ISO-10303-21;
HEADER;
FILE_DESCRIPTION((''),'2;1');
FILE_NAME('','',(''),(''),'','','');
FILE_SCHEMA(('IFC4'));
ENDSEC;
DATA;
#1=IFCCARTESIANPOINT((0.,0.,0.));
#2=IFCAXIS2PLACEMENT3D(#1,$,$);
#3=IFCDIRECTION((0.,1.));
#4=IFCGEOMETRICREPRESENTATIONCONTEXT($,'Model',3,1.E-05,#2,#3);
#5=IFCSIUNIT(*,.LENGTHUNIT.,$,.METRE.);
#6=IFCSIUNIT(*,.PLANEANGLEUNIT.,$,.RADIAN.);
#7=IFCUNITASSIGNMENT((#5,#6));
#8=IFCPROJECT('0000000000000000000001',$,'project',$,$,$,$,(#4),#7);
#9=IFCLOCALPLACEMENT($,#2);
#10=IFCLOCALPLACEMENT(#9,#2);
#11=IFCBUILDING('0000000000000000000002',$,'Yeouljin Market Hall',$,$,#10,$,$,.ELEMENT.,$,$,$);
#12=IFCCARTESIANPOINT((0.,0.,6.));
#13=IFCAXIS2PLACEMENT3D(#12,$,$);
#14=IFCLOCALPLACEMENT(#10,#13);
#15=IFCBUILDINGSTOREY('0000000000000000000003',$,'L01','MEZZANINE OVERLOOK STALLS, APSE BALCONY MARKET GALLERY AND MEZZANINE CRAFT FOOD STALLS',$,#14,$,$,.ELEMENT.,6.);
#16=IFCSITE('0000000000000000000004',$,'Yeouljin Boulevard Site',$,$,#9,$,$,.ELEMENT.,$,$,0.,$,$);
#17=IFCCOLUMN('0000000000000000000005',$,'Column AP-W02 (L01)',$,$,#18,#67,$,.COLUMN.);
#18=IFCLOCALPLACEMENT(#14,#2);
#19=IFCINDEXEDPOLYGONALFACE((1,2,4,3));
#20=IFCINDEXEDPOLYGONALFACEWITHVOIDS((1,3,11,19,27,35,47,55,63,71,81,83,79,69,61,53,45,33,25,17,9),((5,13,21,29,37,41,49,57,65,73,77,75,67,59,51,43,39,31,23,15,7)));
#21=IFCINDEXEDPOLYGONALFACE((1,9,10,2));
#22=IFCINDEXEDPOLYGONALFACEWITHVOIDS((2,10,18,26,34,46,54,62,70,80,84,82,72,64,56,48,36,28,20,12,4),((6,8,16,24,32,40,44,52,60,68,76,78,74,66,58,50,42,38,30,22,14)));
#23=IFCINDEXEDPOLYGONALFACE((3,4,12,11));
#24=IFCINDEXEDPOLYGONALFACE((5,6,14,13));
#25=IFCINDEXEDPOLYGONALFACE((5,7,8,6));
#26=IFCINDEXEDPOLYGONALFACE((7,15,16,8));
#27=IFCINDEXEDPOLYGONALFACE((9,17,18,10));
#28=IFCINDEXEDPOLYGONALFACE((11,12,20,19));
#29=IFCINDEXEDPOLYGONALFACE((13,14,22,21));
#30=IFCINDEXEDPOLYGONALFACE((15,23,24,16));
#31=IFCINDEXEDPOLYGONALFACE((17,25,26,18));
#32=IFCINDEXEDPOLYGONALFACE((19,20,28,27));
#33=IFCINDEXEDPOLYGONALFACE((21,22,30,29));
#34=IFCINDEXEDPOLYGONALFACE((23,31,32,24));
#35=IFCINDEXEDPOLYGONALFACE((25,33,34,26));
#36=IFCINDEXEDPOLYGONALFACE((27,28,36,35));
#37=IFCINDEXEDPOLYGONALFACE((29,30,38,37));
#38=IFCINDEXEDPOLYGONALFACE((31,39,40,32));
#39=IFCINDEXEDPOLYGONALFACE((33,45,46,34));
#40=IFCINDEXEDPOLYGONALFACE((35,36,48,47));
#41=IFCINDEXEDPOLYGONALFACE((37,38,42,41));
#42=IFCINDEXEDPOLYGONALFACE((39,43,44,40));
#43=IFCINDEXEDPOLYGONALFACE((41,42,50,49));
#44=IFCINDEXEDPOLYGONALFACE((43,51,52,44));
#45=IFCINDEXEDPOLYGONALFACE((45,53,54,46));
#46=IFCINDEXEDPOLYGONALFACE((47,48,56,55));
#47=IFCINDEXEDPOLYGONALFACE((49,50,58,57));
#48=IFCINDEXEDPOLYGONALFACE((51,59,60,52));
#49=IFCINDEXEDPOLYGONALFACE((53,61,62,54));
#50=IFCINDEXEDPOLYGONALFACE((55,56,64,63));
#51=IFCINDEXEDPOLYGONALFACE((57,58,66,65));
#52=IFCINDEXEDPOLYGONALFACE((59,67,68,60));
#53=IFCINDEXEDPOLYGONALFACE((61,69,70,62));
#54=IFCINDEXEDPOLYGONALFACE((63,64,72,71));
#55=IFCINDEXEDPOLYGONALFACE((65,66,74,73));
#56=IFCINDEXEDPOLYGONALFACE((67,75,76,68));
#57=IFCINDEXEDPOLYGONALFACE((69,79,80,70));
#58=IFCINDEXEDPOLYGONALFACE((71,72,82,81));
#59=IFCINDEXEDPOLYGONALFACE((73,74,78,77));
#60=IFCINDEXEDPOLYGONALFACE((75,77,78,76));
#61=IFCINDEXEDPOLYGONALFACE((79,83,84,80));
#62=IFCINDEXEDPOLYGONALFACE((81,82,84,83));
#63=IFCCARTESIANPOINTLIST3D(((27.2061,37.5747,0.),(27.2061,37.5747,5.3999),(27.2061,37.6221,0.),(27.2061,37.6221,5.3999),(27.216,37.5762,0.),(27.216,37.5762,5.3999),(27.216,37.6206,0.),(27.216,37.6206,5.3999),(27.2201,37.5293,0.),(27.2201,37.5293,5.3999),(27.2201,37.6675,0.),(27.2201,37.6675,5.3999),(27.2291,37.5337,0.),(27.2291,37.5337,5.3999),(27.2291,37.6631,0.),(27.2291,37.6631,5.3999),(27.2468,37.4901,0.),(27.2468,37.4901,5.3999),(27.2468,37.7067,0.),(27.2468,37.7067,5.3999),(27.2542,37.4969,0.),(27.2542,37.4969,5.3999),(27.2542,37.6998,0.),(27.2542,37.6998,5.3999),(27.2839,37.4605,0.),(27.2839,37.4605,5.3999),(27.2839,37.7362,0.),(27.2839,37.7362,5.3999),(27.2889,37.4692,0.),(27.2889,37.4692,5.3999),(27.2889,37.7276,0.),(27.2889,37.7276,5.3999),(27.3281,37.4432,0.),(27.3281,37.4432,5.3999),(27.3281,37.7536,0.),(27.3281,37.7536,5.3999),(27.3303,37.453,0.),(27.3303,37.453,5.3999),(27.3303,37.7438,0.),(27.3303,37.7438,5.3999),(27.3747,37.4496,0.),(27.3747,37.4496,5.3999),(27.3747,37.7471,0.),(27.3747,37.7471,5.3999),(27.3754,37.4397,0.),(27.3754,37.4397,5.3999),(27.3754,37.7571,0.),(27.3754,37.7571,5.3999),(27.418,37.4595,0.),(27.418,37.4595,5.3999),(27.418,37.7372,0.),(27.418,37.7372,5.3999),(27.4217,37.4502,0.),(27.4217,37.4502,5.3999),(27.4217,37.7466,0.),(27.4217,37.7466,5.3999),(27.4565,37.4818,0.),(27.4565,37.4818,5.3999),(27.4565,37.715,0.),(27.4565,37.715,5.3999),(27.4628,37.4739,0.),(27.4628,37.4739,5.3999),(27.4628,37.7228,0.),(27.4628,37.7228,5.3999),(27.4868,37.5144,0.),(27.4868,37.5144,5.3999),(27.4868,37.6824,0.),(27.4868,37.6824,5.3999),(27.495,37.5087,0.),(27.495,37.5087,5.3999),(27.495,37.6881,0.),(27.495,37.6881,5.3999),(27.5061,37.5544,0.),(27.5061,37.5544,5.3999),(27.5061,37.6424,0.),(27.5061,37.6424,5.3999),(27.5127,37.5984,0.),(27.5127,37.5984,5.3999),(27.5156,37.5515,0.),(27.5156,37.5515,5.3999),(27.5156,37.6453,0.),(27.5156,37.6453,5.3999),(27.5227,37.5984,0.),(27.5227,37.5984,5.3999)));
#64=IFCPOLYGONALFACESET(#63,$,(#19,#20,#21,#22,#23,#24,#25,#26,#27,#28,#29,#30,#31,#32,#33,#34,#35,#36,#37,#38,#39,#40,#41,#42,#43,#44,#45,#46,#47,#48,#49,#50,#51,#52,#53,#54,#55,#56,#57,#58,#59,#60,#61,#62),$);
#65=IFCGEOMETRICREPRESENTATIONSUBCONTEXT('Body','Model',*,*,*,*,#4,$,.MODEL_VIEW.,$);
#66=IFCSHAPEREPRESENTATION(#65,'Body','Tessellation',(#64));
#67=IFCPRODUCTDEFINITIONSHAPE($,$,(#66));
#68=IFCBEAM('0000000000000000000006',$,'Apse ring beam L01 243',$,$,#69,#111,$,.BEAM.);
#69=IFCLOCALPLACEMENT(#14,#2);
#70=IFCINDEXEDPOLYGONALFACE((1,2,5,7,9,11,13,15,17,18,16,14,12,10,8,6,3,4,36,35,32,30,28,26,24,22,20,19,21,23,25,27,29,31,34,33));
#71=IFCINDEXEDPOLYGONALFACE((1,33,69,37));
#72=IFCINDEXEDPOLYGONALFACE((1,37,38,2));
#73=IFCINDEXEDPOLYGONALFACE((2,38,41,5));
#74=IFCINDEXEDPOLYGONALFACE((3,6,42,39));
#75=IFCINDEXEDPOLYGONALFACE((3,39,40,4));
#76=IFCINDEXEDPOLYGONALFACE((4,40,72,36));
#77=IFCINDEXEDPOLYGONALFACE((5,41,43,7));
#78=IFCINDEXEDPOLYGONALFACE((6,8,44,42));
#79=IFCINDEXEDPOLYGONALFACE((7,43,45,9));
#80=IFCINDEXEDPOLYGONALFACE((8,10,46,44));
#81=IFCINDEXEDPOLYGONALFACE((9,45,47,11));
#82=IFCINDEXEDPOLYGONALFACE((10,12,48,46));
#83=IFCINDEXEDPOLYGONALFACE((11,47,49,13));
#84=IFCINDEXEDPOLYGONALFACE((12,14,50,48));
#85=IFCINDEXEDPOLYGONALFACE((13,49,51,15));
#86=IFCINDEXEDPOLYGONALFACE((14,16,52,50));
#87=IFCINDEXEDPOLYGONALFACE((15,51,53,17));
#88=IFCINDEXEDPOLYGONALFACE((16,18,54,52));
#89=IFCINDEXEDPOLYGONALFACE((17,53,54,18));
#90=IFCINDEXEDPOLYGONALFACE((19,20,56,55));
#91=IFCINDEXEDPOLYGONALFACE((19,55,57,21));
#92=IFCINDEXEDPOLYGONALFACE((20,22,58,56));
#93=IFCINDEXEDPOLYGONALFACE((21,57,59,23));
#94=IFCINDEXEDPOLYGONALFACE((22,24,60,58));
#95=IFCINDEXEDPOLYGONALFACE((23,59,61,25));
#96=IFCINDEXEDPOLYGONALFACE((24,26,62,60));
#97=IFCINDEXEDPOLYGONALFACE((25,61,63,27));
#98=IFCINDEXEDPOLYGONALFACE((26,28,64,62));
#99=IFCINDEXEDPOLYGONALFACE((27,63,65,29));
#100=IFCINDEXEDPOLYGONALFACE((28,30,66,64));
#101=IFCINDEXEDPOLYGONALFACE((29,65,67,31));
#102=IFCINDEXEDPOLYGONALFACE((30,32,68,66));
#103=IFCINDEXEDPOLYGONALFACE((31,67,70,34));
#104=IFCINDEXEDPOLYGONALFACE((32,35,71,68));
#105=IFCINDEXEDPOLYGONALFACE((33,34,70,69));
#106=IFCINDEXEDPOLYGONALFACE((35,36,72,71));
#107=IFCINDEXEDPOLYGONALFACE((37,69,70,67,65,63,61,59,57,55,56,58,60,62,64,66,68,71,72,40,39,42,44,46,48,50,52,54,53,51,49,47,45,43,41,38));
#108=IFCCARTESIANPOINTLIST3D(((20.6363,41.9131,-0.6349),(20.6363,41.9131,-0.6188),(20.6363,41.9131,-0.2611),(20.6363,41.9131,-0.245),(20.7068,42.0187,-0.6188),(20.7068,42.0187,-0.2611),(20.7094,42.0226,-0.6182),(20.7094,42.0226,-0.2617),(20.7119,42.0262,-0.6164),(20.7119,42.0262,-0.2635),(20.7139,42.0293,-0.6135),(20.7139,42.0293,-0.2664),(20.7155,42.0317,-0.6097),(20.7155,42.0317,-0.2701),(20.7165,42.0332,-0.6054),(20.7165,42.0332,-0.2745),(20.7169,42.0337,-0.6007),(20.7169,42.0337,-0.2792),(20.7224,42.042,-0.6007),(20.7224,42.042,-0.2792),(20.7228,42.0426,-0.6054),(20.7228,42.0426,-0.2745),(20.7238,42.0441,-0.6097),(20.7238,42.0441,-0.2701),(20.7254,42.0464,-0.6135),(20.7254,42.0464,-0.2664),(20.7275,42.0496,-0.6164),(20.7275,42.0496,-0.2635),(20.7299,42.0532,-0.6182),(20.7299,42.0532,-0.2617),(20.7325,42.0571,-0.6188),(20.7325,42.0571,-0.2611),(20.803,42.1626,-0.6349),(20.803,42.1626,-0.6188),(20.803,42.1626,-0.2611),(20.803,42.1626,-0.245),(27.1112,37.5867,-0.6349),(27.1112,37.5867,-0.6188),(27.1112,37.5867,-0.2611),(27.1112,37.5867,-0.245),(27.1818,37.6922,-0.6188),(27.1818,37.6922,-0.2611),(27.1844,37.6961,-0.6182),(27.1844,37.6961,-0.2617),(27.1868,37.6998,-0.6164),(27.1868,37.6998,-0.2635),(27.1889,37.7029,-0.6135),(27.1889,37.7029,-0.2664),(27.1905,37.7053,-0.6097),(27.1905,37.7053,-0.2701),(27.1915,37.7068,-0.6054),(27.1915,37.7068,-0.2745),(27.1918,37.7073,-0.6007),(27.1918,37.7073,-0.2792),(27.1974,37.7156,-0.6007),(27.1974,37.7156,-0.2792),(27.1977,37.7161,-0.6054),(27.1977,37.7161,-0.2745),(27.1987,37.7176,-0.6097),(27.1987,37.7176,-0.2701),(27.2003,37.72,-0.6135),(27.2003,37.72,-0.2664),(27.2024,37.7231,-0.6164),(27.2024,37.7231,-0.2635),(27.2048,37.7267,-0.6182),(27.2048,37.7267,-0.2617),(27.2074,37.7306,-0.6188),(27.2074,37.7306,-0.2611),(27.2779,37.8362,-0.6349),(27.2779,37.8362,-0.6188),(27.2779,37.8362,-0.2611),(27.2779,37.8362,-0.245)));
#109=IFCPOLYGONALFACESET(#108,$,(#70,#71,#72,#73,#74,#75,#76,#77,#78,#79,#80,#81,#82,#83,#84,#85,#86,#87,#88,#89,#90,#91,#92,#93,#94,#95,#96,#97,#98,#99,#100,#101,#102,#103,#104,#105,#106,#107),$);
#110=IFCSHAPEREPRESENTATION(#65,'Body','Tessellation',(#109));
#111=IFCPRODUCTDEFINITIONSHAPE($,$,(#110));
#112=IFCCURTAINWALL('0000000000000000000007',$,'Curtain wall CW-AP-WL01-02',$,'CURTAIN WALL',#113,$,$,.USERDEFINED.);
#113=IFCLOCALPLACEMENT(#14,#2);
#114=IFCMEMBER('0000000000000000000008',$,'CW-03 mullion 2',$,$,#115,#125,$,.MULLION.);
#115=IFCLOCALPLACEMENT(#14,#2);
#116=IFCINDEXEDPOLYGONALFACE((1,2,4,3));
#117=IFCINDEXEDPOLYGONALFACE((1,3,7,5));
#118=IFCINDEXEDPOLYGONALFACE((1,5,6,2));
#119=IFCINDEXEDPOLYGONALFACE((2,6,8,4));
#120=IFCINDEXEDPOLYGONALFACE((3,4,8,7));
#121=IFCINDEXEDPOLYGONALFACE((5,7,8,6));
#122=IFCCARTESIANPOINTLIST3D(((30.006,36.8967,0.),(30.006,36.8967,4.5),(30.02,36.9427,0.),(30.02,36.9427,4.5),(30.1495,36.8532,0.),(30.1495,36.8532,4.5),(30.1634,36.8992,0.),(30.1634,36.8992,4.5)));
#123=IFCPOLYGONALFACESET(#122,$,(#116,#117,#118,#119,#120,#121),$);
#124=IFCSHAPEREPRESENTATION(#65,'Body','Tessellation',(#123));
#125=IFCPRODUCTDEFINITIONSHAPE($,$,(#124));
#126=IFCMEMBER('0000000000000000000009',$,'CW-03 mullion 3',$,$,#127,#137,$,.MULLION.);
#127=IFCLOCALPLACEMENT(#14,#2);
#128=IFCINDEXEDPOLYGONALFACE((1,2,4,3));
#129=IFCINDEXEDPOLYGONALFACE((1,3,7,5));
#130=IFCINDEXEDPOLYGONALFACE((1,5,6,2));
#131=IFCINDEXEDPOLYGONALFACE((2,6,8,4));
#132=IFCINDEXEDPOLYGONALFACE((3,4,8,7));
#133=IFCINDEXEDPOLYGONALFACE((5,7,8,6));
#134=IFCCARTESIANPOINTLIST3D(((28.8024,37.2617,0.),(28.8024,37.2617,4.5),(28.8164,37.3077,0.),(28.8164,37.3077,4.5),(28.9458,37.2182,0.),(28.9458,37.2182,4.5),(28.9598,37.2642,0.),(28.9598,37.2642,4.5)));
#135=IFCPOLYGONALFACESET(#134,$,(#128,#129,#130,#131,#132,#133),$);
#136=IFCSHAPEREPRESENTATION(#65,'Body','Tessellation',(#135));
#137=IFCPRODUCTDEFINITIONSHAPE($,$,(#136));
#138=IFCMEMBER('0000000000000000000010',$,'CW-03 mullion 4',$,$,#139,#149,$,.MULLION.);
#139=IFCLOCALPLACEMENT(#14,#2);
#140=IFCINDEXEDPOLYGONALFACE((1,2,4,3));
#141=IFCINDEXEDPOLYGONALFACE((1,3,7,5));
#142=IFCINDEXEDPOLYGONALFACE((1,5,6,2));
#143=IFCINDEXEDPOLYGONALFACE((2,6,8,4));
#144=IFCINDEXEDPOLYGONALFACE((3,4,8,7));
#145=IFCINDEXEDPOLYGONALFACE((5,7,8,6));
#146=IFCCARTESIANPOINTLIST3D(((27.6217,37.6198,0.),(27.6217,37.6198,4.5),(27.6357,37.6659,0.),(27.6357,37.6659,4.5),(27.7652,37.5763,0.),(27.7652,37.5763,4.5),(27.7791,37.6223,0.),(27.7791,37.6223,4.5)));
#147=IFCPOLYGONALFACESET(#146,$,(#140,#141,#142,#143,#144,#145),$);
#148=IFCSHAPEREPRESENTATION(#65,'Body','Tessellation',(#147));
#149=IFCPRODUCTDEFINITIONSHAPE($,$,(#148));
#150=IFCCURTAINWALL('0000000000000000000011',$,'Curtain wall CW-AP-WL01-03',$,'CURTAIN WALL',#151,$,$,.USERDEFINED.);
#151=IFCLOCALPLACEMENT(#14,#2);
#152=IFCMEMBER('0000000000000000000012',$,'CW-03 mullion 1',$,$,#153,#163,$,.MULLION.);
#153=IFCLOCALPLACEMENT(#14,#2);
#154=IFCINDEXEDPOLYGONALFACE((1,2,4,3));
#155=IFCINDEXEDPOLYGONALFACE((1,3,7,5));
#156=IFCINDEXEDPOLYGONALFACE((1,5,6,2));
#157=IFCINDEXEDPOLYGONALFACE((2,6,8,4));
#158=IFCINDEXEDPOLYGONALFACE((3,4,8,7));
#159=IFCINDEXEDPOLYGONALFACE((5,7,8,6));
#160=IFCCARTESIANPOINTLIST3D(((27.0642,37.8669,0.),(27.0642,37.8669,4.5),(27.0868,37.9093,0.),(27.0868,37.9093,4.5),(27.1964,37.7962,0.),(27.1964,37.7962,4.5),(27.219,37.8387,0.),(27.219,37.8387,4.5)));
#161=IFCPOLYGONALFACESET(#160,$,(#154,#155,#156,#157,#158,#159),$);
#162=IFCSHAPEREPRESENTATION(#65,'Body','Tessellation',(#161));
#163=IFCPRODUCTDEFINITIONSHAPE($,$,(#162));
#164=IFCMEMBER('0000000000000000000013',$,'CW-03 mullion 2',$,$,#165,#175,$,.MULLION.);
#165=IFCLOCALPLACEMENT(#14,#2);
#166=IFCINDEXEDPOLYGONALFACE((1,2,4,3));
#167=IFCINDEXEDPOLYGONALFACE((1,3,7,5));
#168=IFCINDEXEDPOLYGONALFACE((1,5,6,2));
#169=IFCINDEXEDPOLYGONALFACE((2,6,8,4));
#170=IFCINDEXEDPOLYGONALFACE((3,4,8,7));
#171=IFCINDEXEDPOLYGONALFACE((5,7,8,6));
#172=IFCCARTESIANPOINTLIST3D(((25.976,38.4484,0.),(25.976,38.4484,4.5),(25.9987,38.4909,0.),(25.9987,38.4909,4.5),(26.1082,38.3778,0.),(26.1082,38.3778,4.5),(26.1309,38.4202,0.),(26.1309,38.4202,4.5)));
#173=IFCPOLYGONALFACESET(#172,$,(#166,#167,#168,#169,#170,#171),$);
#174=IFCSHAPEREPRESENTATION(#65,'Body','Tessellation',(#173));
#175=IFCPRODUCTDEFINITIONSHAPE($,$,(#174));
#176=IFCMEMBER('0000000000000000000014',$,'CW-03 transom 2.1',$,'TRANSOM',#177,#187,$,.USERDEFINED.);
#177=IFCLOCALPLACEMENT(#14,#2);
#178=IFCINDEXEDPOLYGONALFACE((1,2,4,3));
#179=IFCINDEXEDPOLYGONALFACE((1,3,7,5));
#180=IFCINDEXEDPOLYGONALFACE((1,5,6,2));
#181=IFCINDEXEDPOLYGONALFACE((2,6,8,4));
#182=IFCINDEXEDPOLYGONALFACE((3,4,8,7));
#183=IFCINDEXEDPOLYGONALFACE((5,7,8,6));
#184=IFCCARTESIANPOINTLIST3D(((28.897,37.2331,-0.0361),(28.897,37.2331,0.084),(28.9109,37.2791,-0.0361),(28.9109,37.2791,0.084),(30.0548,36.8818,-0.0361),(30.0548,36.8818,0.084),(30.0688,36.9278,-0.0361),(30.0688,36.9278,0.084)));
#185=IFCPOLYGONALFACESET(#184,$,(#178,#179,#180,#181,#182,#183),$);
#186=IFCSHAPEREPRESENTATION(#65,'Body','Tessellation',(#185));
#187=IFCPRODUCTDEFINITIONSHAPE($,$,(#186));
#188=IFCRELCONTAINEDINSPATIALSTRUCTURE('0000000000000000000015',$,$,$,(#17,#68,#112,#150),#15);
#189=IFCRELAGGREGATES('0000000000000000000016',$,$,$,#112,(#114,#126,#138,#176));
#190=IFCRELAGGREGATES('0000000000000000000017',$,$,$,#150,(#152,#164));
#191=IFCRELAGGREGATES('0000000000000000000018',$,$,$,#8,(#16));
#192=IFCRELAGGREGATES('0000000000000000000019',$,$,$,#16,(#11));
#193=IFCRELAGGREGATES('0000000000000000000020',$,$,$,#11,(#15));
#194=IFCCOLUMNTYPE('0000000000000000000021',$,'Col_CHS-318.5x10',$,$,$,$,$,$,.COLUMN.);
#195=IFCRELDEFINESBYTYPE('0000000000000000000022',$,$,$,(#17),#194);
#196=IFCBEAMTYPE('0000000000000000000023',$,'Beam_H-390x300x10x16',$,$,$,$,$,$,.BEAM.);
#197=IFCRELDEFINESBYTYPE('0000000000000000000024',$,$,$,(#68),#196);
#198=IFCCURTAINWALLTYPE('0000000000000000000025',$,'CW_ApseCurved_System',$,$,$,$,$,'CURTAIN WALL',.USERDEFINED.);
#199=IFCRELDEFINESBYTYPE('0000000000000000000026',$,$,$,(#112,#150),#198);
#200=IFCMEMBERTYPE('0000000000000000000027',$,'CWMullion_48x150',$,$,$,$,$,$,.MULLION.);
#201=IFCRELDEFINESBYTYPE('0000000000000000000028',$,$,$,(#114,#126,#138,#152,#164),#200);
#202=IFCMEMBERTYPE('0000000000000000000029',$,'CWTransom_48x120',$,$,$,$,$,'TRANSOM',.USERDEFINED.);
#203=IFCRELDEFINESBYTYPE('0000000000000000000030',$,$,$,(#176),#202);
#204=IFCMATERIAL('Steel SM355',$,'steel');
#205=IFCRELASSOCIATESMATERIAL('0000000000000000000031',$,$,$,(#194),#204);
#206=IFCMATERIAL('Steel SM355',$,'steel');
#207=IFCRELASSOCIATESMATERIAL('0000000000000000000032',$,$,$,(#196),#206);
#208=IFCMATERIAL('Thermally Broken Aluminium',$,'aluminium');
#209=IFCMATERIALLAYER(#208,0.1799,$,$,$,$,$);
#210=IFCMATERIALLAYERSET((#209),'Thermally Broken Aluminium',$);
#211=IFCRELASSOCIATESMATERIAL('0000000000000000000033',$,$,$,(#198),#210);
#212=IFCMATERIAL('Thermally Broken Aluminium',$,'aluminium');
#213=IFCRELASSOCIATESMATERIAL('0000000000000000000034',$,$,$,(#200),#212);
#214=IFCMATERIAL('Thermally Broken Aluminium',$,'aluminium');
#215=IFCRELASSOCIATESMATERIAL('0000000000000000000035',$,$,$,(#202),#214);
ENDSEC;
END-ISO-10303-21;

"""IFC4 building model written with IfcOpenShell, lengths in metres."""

from ifc_helpers import new_model, si_unit, direction, frame, origin, origin_2d, place, context, subcontext, project, spatial, rectangle, hollow_circle, i_section, extrude, material, layer, layer_set, material_profile, profile_set, type_object, element, aggregate, save


model = new_model("IFC4")

# Units and contexts
model_context = context("Model", 3, precision=1e-05, world=origin(), true_north=direction((0.0, 1.0)))
body_context = subcontext(model_context, "Body", "Model", "MODEL_VIEW")
ifc_project = project(units=[si_unit("LENGTHUNIT", "METRE"), si_unit("PLANEANGLEUNIT", "RADIAN")], contexts=[model_context])

# Site, building, storey
site_placement = place(None, origin())
site = spatial("IfcSite", under=ifc_project, at=site_placement, Name="Yeouljin Boulevard Site", CompositionType="ELEMENT", RefElevation=0.0)
building_placement = place(site_placement, origin())
building = spatial("IfcBuilding", under=site, at=building_placement, Name="Yeouljin Market Hall", CompositionType="ELEMENT")
storey_placement = place(building_placement, frame((0.0, 0.0, 6.0)))
storey = spatial("IfcBuildingStorey", under=building, at=storey_placement, Name="L01", Description="MEZZANINE OVERLOOK STALLS, APSE BALCONY MARKET GALLERY AND MEZZANINE CRAFT FOOD STALLS", CompositionType="ELEMENT", Elevation=6.0)

# Column
ifc_material_1 = material(Name="Steel SM355", Category="steel")
ifc_material_profile_1 = material_profile(ifc_material_1, hollow_circle(Radius=0.1592, WallThickness=0.01, at=origin_2d()), Name="CHS-318.5x10")
ifc_profile_set_1 = profile_set([ifc_material_profile_1], Name="Steel SM355")
column_type = type_object("IfcColumnType", Name="Col_CHS-318.5x10", PredefinedType="COLUMN", material=ifc_profile_set_1)
column_placement = place(storey_placement, frame((27.3635, 37.5984, 0.0), z_axis=(0.0, 0.0, 1.0), x_axis=(1.0, 0.0, 0.0)))
element("IfcColumn", 1, at=column_placement, inside=storey, type_object=column_type, Name="Column AP-W02 (L01)", PredefinedType="COLUMN", context=body_context, shape_type="SweptSolid", body=[
    extrude(hollow_circle(Radius=0.1592, WallThickness=0.01, at=origin_2d()), origin(), (0.0, 0.0, 1.0), 5.3999),
])

# Beam
ifc_material_2 = material(Name="Steel SM355", Category="steel")
ifc_material_profile_2 = material_profile(ifc_material_2, i_section(OverallWidth=0.3, OverallDepth=0.3899, WebThickness=0.01, FlangeThickness=0.0161, FilletRadius=0.0181, at=origin_2d()), Name="H-390x300x10x16")
ifc_profile_set_2 = profile_set([ifc_material_profile_2], Name="Steel SM355")
beam_type = type_object("IfcBeamType", Name="Beam_H-390x300x10x16", PredefinedType="BEAM", material=ifc_profile_set_2)
beam_placement = place(storey_placement, frame((27.1946, 37.7114, -0.4399), z_axis=(-0.831466, 0.555575, 0.0), x_axis=(-0.555575, -0.831466, 0.0)))
element("IfcBeam", 2, at=beam_placement, inside=storey, type_object=beam_type, Name="Apse ring beam L01 243", PredefinedType="BEAM", context=body_context, shape_type="SweptSolid", body=[
    extrude(i_section(OverallWidth=0.3, OverallDepth=0.3899, WebThickness=0.01, FlangeThickness=0.0161, FilletRadius=0.0181, at=origin_2d()), origin(), (0.0, 0.0, 1.0), 7.7874),
])

# Curtain walls, members
ifc_material_3 = material(Name="Thermally Broken Aluminium", Category="aluminium")
ifc_layer_1 = layer(ifc_material_3, 0.1799)
ifc_layer_set_1 = layer_set([ifc_layer_1], Name="Thermally Broken Aluminium")
curtain_wall_type = type_object("IfcCurtainWallType", Name="CW_ApseCurved_System", ElementType="CURTAIN WALL", PredefinedType="USERDEFINED", material=ifc_layer_set_1)
curtain_wall_1_placement = place(storey_placement, origin())
curtain_wall_1 = element("IfcCurtainWall", 3, at=curtain_wall_1_placement, inside=storey, type_object=curtain_wall_type, Name="Curtain wall CW-AP-WL01-02", ObjectType="CURTAIN WALL", PredefinedType="USERDEFINED")
ifc_material_4 = material(Name="Thermally Broken Aluminium", Category="aluminium")
ifc_material_profile_3 = material_profile(ifc_material_4, rectangle(XDim=0.0481, YDim=0.1499, at=origin_2d()), Name="CW-MULL-48x150")
ifc_profile_set_3 = profile_set([ifc_material_profile_3], Name="Thermally Broken Aluminium")
member_type_1 = type_object("IfcMemberType", Name="CWMullion_48x150", PredefinedType="MULLION", material=ifc_profile_set_3)
member_1_placement = place(storey_placement, frame((30.0847, 36.8979, 0.0), z_axis=(0.0, 0.0, 1.0), x_axis=(-0.290286, -0.95694, 0.0)))
member_1 = element("IfcMember", 4, at=member_1_placement, type_object=member_type_1, Name="CW-03 mullion 2", PredefinedType="MULLION", context=body_context, shape_type="SweptSolid", body=[
    extrude(rectangle(XDim=0.0481, YDim=0.1499, at=origin_2d()), origin(), (0.0, 0.0, 1.0), 4.5),
])
member_2_placement = place(storey_placement, frame((28.8811, 37.2629, 0.0), z_axis=(0.0, 0.0, 1.0), x_axis=(-0.290286, -0.95694, 0.0)))
member_2 = element("IfcMember", 5, at=member_2_placement, type_object=member_type_1, Name="CW-03 mullion 3", PredefinedType="MULLION", context=body_context, shape_type="SweptSolid", body=[
    extrude(rectangle(XDim=0.0481, YDim=0.1499, at=origin_2d()), origin(), (0.0, 0.0, 1.0), 4.5),
])
member_3_placement = place(storey_placement, frame((27.7004, 37.6211, 0.0), z_axis=(0.0, 0.0, 1.0), x_axis=(-0.290286, -0.95694, 0.0)))
member_3 = element("IfcMember", 6, at=member_3_placement, type_object=member_type_1, Name="CW-03 mullion 4", PredefinedType="MULLION", context=body_context, shape_type="SweptSolid", body=[
    extrude(rectangle(XDim=0.0481, YDim=0.1499, at=origin_2d()), origin(), (0.0, 0.0, 1.0), 4.5),
])
curtain_wall_2_placement = place(storey_placement, origin())
curtain_wall_2 = element("IfcCurtainWall", 7, at=curtain_wall_2_placement, inside=storey, type_object=curtain_wall_type, Name="Curtain wall CW-AP-WL01-03", ObjectType="CURTAIN WALL", PredefinedType="USERDEFINED")
member_4_placement = place(storey_placement, frame((27.1416, 37.8528, 0.0), z_axis=(0.0, 0.0, 1.0), x_axis=(-0.471378, -0.881931, 0.0)))
member_4 = element("IfcMember", 8, at=member_4_placement, type_object=member_type_1, Name="CW-03 mullion 1", PredefinedType="MULLION", context=body_context, shape_type="SweptSolid", body=[
    extrude(rectangle(XDim=0.0481, YDim=0.1499, at=origin_2d()), origin(), (0.0, 0.0, 1.0), 4.5),
])
member_5_placement = place(storey_placement, frame((26.0535, 38.4343, 0.0), z_axis=(0.0, 0.0, 1.0), x_axis=(-0.471378, -0.881931, 0.0)))
member_5 = element("IfcMember", 9, at=member_5_placement, type_object=member_type_1, Name="CW-03 mullion 2", PredefinedType="MULLION", context=body_context, shape_type="SweptSolid", body=[
    extrude(rectangle(XDim=0.0481, YDim=0.1499, at=origin_2d()), origin(), (0.0, 0.0, 1.0), 4.5),
])

# Member
ifc_material_5 = material(Name="Thermally Broken Aluminium", Category="aluminium")
ifc_material_profile_4 = material_profile(ifc_material_5, rectangle(XDim=0.0481, YDim=0.1201, at=origin_2d()), Name="CW-TRAN-48x120")
ifc_profile_set_4 = profile_set([ifc_material_profile_4], Name="Thermally Broken Aluminium")
member_type_2 = type_object("IfcMemberType", Name="CWTransom_48x120", ElementType="TRANSOM", PredefinedType="USERDEFINED", material=ifc_profile_set_4)
member_6_placement = place(storey_placement, frame((30.0618, 36.9048, 0.0239), z_axis=(-0.956911, 0.290383, 0.0), x_axis=(-0.290383, -0.956911, 0.0)))
member_6 = element("IfcMember", 10, at=member_6_placement, type_object=member_type_2, Name="CW-03 transom 2.1", ObjectType="TRANSOM", PredefinedType="USERDEFINED", context=body_context, shape_type="SweptSolid", body=[
    extrude(rectangle(XDim=0.0481, YDim=0.1201, at=origin_2d()), origin(), (0.0, 0.0, 1.0), 1.21),
])

aggregate(curtain_wall_1, [member_1, member_2, member_3, member_6])
aggregate(curtain_wall_2, [member_4, member_5])

save(model, "model.ifc")
